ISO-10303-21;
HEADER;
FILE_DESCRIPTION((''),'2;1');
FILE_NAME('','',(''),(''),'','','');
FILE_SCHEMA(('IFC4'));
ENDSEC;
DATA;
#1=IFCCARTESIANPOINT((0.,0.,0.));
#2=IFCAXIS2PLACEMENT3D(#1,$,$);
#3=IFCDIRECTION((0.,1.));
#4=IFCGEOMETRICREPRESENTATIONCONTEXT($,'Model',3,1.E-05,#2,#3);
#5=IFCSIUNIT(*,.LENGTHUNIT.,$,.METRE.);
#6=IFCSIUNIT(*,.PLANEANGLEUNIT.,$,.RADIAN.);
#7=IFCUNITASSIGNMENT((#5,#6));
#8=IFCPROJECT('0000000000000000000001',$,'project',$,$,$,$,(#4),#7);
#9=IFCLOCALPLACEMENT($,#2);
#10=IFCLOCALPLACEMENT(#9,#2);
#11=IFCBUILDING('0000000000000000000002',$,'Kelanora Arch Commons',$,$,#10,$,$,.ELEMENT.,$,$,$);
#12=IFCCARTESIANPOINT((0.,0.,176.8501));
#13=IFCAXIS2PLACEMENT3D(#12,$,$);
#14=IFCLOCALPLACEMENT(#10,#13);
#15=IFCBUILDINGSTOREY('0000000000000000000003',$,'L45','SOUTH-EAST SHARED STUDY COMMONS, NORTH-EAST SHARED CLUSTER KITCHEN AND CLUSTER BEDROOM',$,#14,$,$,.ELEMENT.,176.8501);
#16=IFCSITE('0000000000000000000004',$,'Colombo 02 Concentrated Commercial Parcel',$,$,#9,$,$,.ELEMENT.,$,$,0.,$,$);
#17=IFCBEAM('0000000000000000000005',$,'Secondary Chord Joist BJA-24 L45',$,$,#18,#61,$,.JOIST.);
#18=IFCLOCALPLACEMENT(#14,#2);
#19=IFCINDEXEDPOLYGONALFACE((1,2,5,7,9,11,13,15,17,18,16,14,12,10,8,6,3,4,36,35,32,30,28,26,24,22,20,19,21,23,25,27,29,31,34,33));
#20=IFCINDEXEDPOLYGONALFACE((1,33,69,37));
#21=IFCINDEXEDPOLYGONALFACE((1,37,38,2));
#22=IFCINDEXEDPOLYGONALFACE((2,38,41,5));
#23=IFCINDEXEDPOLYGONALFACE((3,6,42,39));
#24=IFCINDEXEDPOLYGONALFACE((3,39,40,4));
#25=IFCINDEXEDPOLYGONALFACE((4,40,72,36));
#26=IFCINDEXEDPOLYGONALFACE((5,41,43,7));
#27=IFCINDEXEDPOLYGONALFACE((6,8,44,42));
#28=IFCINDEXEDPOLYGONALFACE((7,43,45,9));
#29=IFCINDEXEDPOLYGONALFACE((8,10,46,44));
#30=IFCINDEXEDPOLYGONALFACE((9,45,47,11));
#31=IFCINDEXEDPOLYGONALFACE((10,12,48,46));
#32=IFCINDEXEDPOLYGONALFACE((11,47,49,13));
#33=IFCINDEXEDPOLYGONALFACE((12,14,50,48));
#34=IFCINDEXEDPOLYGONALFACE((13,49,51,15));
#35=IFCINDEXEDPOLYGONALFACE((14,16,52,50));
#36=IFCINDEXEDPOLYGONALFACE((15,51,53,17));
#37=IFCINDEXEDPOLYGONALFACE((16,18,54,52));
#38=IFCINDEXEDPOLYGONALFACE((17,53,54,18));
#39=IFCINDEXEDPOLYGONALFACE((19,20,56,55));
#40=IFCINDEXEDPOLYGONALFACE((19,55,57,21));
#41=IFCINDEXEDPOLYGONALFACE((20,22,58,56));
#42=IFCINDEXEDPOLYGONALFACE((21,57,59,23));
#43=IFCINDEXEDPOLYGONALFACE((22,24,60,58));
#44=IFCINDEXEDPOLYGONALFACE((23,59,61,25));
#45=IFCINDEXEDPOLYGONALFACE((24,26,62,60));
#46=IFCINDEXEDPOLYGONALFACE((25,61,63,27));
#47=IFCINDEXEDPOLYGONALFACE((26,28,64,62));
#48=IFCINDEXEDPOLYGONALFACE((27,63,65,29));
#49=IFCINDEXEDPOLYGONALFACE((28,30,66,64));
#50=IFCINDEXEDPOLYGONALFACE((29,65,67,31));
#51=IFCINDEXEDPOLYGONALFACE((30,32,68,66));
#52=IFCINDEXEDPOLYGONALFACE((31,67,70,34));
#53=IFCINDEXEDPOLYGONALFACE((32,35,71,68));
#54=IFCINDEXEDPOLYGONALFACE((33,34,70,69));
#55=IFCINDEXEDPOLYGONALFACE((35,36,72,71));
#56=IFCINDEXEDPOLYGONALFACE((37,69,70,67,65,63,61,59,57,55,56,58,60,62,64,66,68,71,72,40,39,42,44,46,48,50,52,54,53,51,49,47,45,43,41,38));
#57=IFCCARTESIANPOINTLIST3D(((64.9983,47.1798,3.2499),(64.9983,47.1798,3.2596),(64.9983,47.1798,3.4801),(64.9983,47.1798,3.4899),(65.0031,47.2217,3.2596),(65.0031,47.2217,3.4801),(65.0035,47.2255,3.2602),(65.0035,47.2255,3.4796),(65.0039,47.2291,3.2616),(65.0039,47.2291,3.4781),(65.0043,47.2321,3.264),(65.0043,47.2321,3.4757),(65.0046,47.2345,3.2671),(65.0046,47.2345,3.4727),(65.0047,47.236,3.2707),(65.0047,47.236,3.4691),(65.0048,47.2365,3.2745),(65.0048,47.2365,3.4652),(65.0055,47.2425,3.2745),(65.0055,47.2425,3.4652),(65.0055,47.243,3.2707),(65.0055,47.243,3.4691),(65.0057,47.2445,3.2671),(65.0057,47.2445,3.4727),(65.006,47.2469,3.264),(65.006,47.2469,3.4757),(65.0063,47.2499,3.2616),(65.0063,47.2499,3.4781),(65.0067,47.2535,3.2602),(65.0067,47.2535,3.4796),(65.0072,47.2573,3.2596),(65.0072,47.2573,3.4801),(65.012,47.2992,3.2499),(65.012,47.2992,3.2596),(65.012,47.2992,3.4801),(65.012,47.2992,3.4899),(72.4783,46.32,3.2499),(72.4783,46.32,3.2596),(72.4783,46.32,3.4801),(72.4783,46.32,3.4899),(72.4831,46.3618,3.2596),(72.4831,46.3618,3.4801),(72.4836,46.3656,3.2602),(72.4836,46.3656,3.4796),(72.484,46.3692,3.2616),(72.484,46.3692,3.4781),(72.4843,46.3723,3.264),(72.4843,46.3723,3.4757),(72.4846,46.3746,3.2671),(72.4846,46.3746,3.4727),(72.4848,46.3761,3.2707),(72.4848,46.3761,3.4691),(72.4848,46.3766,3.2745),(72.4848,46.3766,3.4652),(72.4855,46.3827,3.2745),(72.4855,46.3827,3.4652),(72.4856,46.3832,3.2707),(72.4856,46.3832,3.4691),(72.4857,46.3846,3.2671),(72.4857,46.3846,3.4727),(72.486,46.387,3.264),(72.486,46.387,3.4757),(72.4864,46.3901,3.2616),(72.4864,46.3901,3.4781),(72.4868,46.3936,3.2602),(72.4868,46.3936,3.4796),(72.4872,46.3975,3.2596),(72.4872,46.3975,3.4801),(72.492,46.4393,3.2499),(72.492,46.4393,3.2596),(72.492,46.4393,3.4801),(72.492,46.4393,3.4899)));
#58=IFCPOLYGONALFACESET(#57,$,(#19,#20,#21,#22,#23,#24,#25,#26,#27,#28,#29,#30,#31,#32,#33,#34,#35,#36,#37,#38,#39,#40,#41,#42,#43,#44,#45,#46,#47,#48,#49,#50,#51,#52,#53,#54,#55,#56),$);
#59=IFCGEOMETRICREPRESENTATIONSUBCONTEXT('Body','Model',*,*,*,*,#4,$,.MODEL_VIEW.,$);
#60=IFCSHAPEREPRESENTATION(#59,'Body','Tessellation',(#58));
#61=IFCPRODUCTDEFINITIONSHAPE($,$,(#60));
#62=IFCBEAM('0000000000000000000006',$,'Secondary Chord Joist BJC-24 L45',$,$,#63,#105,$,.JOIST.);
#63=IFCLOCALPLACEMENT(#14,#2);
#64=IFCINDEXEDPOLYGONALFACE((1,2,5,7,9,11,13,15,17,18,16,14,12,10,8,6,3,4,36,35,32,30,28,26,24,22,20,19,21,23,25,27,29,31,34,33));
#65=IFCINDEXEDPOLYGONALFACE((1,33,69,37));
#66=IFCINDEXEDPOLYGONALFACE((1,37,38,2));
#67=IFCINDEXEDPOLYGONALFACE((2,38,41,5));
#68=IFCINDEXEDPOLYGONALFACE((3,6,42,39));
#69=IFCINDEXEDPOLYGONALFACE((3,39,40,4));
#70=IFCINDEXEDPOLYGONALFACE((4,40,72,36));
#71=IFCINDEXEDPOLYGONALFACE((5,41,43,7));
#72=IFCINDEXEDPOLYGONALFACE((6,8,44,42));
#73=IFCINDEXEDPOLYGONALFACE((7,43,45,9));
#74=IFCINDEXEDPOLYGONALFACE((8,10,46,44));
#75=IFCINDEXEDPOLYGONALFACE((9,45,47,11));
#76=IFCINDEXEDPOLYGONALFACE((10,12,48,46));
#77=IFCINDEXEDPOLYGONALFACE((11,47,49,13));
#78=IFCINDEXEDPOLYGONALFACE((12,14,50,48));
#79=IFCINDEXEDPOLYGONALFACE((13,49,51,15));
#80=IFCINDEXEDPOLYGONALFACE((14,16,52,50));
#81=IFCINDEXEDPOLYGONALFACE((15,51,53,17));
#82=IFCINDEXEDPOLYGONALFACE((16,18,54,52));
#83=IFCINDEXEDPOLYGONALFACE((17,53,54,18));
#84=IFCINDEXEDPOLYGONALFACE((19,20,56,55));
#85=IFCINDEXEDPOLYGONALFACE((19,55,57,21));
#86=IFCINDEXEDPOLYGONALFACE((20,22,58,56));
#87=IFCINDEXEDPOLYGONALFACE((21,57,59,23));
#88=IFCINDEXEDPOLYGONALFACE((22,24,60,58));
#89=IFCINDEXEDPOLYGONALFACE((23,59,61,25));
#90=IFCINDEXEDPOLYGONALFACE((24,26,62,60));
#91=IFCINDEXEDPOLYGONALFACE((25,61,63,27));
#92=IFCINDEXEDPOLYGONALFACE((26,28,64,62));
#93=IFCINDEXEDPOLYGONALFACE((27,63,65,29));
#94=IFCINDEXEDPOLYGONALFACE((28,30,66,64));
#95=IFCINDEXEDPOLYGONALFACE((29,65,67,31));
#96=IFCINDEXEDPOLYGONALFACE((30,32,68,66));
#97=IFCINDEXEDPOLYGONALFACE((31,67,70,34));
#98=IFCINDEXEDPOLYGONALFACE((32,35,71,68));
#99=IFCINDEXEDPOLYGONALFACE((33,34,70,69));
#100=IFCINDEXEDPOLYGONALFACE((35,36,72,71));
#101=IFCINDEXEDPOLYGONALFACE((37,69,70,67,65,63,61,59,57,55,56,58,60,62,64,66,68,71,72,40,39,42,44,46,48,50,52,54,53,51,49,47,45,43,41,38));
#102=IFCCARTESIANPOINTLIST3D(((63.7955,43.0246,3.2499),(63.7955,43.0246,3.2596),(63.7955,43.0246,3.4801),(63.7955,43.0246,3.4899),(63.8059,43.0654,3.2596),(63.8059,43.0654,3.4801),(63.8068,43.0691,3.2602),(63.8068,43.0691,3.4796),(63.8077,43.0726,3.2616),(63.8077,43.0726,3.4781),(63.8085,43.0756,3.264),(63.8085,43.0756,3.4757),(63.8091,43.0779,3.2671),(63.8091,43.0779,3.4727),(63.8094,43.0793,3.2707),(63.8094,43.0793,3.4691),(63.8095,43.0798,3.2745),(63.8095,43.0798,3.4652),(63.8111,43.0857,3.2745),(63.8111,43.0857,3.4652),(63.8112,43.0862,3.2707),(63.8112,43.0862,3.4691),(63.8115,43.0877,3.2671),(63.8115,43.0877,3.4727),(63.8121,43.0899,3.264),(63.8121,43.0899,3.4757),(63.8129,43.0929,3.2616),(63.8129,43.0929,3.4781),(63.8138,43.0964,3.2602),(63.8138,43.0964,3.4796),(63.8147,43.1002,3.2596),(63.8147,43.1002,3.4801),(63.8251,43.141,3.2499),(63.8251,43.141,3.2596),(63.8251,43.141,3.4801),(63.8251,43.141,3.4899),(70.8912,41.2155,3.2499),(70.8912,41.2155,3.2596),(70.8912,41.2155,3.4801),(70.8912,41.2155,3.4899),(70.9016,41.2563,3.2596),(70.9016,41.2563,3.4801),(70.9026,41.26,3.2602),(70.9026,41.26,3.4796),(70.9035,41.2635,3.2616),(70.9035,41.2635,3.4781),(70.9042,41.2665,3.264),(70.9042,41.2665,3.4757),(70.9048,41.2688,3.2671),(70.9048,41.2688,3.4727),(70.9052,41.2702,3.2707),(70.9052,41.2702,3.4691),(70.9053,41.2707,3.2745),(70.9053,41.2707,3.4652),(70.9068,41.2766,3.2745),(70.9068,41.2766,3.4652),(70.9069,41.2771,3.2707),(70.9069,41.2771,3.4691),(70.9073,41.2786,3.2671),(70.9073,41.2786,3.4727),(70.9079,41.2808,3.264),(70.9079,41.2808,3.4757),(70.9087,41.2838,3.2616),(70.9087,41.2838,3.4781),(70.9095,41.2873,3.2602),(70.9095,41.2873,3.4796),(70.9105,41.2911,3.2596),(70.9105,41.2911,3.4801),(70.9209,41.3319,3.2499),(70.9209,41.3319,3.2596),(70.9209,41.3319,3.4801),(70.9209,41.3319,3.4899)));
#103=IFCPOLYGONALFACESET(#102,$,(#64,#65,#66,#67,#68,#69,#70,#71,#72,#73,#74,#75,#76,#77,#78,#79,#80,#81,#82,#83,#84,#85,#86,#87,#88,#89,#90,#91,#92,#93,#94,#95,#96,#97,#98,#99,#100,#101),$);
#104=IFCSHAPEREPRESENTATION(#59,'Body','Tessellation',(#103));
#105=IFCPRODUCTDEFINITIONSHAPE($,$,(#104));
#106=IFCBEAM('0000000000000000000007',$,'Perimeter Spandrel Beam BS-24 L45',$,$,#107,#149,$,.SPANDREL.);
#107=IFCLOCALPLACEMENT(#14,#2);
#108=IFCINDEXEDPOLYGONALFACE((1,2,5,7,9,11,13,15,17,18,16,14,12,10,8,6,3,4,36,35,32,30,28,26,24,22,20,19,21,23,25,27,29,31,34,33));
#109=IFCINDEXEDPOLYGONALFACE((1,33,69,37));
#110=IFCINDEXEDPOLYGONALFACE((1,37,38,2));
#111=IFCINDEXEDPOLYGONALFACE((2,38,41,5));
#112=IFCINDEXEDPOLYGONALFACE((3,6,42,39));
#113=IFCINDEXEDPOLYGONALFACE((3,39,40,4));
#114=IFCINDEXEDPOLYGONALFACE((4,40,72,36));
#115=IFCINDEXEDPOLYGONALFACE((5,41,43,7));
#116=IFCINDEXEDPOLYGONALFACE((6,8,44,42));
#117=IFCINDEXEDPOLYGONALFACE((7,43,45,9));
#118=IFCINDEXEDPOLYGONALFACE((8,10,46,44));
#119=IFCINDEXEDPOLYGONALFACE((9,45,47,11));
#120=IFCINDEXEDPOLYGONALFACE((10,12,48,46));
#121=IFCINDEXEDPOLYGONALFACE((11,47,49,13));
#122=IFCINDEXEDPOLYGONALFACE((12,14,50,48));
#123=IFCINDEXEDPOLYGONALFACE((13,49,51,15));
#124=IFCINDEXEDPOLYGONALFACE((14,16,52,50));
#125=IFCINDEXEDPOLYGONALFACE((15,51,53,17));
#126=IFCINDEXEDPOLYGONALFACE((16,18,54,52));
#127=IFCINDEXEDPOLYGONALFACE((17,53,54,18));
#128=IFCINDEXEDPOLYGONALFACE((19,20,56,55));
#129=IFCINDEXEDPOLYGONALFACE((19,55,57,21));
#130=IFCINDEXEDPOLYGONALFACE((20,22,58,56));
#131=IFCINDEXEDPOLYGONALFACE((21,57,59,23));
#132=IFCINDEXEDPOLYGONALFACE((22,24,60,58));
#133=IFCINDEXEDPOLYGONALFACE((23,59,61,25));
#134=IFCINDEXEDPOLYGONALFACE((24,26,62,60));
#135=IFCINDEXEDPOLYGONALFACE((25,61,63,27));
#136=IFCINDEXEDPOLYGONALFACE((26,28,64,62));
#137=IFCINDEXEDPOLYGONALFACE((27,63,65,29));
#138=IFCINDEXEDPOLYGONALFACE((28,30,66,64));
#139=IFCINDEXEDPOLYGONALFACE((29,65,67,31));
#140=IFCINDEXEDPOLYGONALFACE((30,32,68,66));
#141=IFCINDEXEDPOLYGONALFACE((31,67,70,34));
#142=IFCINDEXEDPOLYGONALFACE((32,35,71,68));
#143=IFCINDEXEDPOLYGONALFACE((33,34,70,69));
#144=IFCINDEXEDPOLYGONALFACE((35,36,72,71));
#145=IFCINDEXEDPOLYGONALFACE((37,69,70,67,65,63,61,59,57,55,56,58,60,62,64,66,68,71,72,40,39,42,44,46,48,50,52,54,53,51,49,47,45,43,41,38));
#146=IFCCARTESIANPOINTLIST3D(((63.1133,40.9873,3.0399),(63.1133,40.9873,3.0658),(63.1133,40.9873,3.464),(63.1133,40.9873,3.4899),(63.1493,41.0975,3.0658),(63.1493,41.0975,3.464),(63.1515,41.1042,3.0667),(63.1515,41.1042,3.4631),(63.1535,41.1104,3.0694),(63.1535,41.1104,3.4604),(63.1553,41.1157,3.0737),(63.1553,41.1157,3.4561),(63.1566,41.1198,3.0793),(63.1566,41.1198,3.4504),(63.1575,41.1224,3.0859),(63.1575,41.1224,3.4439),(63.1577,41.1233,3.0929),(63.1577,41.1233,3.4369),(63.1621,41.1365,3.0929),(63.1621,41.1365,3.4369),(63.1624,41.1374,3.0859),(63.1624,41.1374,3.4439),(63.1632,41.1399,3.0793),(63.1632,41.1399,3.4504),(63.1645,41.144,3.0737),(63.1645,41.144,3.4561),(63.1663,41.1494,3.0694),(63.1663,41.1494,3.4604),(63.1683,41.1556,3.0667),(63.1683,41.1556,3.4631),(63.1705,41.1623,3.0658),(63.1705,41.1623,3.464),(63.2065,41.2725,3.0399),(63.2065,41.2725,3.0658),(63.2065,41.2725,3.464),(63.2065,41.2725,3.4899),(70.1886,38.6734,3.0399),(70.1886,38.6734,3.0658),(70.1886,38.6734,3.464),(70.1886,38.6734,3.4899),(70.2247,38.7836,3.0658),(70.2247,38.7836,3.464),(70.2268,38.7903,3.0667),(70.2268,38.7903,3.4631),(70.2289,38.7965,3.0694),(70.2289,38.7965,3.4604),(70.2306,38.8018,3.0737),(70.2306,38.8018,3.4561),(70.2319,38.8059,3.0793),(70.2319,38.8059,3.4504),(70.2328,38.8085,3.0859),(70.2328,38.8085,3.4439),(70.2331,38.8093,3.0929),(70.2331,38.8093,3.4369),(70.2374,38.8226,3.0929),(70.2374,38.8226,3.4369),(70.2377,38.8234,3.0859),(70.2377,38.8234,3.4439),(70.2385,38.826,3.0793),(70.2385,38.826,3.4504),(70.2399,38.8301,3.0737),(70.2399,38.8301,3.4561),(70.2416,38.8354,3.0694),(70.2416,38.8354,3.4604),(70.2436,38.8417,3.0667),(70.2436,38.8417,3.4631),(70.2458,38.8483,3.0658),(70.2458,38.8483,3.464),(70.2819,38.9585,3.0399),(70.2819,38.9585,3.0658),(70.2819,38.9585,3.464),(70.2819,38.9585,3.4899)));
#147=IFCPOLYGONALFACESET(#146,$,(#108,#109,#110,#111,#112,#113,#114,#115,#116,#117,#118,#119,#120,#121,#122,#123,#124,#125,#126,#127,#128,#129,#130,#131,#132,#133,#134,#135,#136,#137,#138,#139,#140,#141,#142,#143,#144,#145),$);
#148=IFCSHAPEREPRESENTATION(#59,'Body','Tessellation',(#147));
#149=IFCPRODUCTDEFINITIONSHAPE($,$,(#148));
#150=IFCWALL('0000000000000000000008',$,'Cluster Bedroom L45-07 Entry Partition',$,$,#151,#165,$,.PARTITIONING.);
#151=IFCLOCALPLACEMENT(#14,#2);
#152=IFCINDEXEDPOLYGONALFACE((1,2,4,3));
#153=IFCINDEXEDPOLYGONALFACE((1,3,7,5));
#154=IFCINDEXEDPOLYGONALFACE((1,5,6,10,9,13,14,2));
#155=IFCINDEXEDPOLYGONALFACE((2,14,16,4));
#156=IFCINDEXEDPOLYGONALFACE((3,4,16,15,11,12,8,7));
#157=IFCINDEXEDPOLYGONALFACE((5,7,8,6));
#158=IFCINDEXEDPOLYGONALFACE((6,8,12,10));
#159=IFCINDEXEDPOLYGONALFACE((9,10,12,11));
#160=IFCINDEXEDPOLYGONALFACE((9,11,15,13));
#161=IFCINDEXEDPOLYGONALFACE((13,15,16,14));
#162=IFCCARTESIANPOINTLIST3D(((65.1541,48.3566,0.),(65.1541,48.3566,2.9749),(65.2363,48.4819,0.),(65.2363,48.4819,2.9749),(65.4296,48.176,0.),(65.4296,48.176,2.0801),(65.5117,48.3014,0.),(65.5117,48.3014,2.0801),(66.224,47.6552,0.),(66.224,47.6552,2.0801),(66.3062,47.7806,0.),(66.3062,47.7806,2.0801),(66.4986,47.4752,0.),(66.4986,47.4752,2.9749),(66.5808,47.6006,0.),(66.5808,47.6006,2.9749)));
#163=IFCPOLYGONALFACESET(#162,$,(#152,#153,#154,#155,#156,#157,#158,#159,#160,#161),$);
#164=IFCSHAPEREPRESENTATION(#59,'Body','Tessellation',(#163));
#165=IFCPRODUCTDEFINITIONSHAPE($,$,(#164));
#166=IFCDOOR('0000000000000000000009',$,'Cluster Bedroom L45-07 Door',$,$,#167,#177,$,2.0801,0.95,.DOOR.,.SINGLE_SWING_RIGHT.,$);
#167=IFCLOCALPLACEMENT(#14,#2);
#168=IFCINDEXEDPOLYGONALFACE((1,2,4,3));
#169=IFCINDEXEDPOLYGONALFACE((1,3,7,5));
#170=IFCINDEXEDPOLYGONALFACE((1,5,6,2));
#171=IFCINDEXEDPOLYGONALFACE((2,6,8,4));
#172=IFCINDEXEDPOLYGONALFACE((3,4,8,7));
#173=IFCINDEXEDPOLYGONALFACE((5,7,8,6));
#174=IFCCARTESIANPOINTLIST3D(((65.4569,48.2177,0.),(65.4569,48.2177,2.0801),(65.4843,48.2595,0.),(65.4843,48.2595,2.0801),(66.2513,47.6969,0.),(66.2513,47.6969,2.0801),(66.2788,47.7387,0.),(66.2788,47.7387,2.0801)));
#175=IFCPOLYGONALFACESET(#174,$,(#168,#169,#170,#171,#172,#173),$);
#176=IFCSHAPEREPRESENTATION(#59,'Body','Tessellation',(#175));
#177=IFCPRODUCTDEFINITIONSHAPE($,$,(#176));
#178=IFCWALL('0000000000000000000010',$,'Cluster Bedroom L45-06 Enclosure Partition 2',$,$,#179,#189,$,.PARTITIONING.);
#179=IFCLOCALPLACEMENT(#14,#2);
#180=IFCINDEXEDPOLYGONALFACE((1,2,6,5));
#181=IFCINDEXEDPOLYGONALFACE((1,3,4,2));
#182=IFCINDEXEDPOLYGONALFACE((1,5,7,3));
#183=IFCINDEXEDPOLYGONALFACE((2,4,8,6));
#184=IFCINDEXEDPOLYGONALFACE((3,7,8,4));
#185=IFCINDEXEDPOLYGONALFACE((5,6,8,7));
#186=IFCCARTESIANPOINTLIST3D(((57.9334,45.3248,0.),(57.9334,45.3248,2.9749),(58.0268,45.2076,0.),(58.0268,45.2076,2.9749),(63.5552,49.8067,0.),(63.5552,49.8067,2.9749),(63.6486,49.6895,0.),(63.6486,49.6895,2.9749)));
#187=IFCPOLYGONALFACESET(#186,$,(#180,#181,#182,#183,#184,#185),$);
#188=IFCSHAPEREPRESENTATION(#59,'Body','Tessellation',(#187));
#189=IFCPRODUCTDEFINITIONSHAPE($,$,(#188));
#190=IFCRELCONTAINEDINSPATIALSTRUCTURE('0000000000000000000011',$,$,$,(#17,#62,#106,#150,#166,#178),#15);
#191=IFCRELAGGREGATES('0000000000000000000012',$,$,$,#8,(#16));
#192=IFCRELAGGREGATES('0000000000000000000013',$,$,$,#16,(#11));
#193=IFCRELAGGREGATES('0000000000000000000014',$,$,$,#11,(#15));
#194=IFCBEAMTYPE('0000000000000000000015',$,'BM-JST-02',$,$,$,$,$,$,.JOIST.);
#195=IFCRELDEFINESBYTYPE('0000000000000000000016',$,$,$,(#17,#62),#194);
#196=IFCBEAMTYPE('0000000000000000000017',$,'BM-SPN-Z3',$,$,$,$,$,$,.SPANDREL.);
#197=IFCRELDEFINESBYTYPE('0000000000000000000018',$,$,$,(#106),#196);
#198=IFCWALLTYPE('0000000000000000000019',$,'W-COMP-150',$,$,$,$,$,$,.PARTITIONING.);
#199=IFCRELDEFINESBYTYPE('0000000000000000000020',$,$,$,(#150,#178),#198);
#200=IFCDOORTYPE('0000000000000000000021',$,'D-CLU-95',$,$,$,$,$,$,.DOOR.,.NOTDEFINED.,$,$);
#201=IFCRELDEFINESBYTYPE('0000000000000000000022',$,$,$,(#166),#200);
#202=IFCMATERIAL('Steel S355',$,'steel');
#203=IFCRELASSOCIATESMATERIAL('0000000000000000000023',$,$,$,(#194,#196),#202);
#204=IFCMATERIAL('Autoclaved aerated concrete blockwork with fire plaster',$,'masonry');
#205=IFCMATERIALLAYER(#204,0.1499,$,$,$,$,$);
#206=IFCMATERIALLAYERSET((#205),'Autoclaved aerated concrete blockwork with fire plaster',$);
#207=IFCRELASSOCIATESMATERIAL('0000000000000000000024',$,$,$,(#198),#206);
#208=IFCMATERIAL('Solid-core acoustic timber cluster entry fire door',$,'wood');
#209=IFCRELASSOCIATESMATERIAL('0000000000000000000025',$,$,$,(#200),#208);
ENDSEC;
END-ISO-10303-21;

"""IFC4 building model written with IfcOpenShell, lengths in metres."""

from ifc_helpers import new_model, si_unit, direction, frame, frame_2d, origin, origin_2d, place, context, subcontext, project, spatial, rectangle, i_section, extrude, material, layer, layer_set, material_profile, profile_set, type_object, element, fill, save


model = new_model("IFC4")

# Units and contexts
model_context = context("Model", 3, precision=1e-05, world=origin(), true_north=direction((0.0, 1.0)))
body_context = subcontext(model_context, "Body", "Model", "MODEL_VIEW")
ifc_project = project(units=[si_unit("LENGTHUNIT", "METRE"), si_unit("PLANEANGLEUNIT", "RADIAN")], contexts=[model_context])

# Site, building, storey
site_placement = place(None, origin())
site = spatial("IfcSite", under=ifc_project, at=site_placement, Name="Colombo 02 Concentrated Commercial Parcel", CompositionType="ELEMENT", RefElevation=0.0)
building_placement = place(site_placement, origin())
building = spatial("IfcBuilding", under=site, at=building_placement, Name="Kelanora Arch Commons", CompositionType="ELEMENT")
storey_placement = place(building_placement, frame((0.0, 0.0, 176.8501)))
storey = spatial("IfcBuildingStorey", under=building, at=storey_placement, Name="L45", Description="SOUTH-EAST SHARED STUDY COMMONS, NORTH-EAST SHARED CLUSTER KITCHEN AND CLUSTER BEDROOM", CompositionType="ELEMENT", Elevation=176.8501)

# Beams
ifc_material_1 = material(Name="Steel S355", Category="steel")
ifc_material_profile_1 = material_profile(ifc_material_1, i_section(OverallWidth=0.1201, OverallDepth=0.24, WebThickness=0.0061, FlangeThickness=0.0098, FilletRadius=0.0149, at=origin_2d()), Name="IPE240")
ifc_profile_set_1 = profile_set([ifc_material_profile_1], Name="Steel S355")
beam_type_1 = type_object("IfcBeamType", Name="BM-JST-02", PredefinedType="JOIST", material=ifc_profile_set_1)
beam_1_placement = place(storey_placement, frame((65.0051, 47.2395, 3.3699), z_axis=(0.993457, -0.114203, 0.0), x_axis=(0.114203, 0.993457, 0.0)))
element("IfcBeam", 1, at=beam_1_placement, inside=storey, type_object=beam_type_1, Name="Secondary Chord Joist BJA-24 L45", PredefinedType="JOIST", context=body_context, shape_type="SweptSolid", body=[
    extrude(i_section(OverallWidth=0.1201, OverallDepth=0.24, WebThickness=0.0061, FlangeThickness=0.0098, FilletRadius=0.0149, at=origin_2d()), origin(), (0.0, 0.0, 1.0), 7.5293),
])
beam_2_placement = place(storey_placement, frame((63.8103, 43.0828, 3.3699), z_axis=(0.969002, -0.247052, 0.0), x_axis=(0.247052, 0.969002, 0.0)))
element("IfcBeam", 2, at=beam_2_placement, inside=storey, type_object=beam_type_1, Name="Secondary Chord Joist BJC-24 L45", PredefinedType="JOIST", context=body_context, shape_type="SweptSolid", body=[
    extrude(i_section(OverallWidth=0.1201, OverallDepth=0.24, WebThickness=0.0061, FlangeThickness=0.0098, FilletRadius=0.0149, at=origin_2d()), origin(), (0.0, 0.0, 1.0), 7.3228),
])
ifc_material_profile_2 = material_profile(ifc_material_1, i_section(OverallWidth=0.3, OverallDepth=0.45, WebThickness=0.0139, FlangeThickness=0.0259, FilletRadius=0.0271, at=origin_2d()), Name="HEB450")
ifc_profile_set_2 = profile_set([ifc_material_profile_2], Name="Steel S355")
beam_type_2 = type_object("IfcBeamType", Name="BM-SPN-Z3", PredefinedType="SPANDREL", material=ifc_profile_set_2)
beam_3_placement = place(storey_placement, frame((63.1599, 41.1299, 3.2649), z_axis=(0.950462, -0.310841, 0.0), x_axis=(0.310841, 0.950462, 0.0)))
element("IfcBeam", 3, at=beam_3_placement, inside=storey, type_object=beam_type_2, Name="Perimeter Spandrel Beam BS-24 L45", PredefinedType="SPANDREL", context=body_context, shape_type="SweptSolid", body=[
    extrude(i_section(OverallWidth=0.3, OverallDepth=0.45, WebThickness=0.0139, FlangeThickness=0.0259, FilletRadius=0.0271, at=origin_2d()), origin(), (0.0, 0.0, 1.0), 7.4441),
])

# Wall, opening, door
ifc_material_2 = material(Name="Autoclaved aerated concrete blockwork with fire plaster", Category="masonry")
ifc_layer_1 = layer(ifc_material_2, 0.1499)
ifc_layer_set_1 = layer_set([ifc_layer_1], Name="Autoclaved aerated concrete blockwork with fire plaster")
wall_type_1 = type_object("IfcWallType", Name="W-COMP-150", PredefinedType="PARTITIONING", material=ifc_layer_set_1)
wall_1_placement = place(storey_placement, frame((65.1953, 48.4192, 0.0), z_axis=(0.0, 0.0, 1.0), x_axis=(0.836324, -0.548235, 0.0)))
wall_1 = element("IfcWall", 4, at=wall_1_placement, inside=storey, type_object=wall_type_1, Name="Cluster Bedroom L45-07 Entry Partition", PredefinedType="PARTITIONING", context=body_context, shape_type="SweptSolid", body=[
    extrude(rectangle(XDim=1.6077, YDim=0.1499, at=frame_2d((0.8037, 0.0))), origin(), (0.0, 0.0, 1.0), 2.9749),
])
opening_1_placement = place(wall_1_placement, frame((0.3291, 0.0, 0.0)))
opening_1 = element("IfcOpeningElement", 5, at=opening_1_placement, cuts=wall_1, PredefinedType="OPENING", context=body_context, shape_type="SweptSolid", body=[
    extrude(rectangle(XDim=0.95, YDim=2.0801, at=frame_2d((0.4751, 1.04))), frame((0.0, 0.085, 0.0), z_axis=(0.0, -1.0, 0.0), x_axis=(1.0, 0.0, 0.0)), (0.0, 0.0, 1.0), 0.1699),
])
ifc_material_3 = material(Name="Solid-core acoustic timber cluster entry fire door", Category="wood")
door_type_1 = type_object("IfcDoorType", Name="D-CLU-95", OperationType="NOTDEFINED", PredefinedType="DOOR", material=ifc_material_3)
door_1_placement = place(opening_1_placement, origin())
door_1 = element("IfcDoor", 6, at=door_1_placement, inside=storey, type_object=door_type_1, Name="Cluster Bedroom L45-07 Door", OperationType="SINGLE_SWING_RIGHT", OverallHeight=2.0801, OverallWidth=0.95, PredefinedType="DOOR", context=body_context, shape_type="SweptSolid", body=[
    extrude(rectangle(XDim=0.95, YDim=2.0801, at=frame_2d((0.4751, 1.04))), frame((0.0, 0.0249, 0.0), z_axis=(0.0, -1.0, 0.0), x_axis=(1.0, 0.0, 0.0)), (0.0, 0.0, 1.0), 0.05),
])
fill(opening_1, door_1)

# Wall
wall_2_placement = place(storey_placement, frame((63.6018, 49.748, 0.0), z_axis=(0.0, 0.0, 1.0), x_axis=(-0.781921, -0.623377, 0.0)))
element("IfcWall", 7, at=wall_2_placement, inside=storey, type_object=wall_type_1, Name="Cluster Bedroom L45-06 Enclosure Partition 2", PredefinedType="PARTITIONING", context=body_context, shape_type="SweptSolid", body=[
    extrude(rectangle(XDim=7.1897, YDim=0.1499, at=frame_2d((3.5947, 0.0))), origin(), (0.0, 0.0, 1.0), 2.9749),
])

save(model, "model.ifc")
